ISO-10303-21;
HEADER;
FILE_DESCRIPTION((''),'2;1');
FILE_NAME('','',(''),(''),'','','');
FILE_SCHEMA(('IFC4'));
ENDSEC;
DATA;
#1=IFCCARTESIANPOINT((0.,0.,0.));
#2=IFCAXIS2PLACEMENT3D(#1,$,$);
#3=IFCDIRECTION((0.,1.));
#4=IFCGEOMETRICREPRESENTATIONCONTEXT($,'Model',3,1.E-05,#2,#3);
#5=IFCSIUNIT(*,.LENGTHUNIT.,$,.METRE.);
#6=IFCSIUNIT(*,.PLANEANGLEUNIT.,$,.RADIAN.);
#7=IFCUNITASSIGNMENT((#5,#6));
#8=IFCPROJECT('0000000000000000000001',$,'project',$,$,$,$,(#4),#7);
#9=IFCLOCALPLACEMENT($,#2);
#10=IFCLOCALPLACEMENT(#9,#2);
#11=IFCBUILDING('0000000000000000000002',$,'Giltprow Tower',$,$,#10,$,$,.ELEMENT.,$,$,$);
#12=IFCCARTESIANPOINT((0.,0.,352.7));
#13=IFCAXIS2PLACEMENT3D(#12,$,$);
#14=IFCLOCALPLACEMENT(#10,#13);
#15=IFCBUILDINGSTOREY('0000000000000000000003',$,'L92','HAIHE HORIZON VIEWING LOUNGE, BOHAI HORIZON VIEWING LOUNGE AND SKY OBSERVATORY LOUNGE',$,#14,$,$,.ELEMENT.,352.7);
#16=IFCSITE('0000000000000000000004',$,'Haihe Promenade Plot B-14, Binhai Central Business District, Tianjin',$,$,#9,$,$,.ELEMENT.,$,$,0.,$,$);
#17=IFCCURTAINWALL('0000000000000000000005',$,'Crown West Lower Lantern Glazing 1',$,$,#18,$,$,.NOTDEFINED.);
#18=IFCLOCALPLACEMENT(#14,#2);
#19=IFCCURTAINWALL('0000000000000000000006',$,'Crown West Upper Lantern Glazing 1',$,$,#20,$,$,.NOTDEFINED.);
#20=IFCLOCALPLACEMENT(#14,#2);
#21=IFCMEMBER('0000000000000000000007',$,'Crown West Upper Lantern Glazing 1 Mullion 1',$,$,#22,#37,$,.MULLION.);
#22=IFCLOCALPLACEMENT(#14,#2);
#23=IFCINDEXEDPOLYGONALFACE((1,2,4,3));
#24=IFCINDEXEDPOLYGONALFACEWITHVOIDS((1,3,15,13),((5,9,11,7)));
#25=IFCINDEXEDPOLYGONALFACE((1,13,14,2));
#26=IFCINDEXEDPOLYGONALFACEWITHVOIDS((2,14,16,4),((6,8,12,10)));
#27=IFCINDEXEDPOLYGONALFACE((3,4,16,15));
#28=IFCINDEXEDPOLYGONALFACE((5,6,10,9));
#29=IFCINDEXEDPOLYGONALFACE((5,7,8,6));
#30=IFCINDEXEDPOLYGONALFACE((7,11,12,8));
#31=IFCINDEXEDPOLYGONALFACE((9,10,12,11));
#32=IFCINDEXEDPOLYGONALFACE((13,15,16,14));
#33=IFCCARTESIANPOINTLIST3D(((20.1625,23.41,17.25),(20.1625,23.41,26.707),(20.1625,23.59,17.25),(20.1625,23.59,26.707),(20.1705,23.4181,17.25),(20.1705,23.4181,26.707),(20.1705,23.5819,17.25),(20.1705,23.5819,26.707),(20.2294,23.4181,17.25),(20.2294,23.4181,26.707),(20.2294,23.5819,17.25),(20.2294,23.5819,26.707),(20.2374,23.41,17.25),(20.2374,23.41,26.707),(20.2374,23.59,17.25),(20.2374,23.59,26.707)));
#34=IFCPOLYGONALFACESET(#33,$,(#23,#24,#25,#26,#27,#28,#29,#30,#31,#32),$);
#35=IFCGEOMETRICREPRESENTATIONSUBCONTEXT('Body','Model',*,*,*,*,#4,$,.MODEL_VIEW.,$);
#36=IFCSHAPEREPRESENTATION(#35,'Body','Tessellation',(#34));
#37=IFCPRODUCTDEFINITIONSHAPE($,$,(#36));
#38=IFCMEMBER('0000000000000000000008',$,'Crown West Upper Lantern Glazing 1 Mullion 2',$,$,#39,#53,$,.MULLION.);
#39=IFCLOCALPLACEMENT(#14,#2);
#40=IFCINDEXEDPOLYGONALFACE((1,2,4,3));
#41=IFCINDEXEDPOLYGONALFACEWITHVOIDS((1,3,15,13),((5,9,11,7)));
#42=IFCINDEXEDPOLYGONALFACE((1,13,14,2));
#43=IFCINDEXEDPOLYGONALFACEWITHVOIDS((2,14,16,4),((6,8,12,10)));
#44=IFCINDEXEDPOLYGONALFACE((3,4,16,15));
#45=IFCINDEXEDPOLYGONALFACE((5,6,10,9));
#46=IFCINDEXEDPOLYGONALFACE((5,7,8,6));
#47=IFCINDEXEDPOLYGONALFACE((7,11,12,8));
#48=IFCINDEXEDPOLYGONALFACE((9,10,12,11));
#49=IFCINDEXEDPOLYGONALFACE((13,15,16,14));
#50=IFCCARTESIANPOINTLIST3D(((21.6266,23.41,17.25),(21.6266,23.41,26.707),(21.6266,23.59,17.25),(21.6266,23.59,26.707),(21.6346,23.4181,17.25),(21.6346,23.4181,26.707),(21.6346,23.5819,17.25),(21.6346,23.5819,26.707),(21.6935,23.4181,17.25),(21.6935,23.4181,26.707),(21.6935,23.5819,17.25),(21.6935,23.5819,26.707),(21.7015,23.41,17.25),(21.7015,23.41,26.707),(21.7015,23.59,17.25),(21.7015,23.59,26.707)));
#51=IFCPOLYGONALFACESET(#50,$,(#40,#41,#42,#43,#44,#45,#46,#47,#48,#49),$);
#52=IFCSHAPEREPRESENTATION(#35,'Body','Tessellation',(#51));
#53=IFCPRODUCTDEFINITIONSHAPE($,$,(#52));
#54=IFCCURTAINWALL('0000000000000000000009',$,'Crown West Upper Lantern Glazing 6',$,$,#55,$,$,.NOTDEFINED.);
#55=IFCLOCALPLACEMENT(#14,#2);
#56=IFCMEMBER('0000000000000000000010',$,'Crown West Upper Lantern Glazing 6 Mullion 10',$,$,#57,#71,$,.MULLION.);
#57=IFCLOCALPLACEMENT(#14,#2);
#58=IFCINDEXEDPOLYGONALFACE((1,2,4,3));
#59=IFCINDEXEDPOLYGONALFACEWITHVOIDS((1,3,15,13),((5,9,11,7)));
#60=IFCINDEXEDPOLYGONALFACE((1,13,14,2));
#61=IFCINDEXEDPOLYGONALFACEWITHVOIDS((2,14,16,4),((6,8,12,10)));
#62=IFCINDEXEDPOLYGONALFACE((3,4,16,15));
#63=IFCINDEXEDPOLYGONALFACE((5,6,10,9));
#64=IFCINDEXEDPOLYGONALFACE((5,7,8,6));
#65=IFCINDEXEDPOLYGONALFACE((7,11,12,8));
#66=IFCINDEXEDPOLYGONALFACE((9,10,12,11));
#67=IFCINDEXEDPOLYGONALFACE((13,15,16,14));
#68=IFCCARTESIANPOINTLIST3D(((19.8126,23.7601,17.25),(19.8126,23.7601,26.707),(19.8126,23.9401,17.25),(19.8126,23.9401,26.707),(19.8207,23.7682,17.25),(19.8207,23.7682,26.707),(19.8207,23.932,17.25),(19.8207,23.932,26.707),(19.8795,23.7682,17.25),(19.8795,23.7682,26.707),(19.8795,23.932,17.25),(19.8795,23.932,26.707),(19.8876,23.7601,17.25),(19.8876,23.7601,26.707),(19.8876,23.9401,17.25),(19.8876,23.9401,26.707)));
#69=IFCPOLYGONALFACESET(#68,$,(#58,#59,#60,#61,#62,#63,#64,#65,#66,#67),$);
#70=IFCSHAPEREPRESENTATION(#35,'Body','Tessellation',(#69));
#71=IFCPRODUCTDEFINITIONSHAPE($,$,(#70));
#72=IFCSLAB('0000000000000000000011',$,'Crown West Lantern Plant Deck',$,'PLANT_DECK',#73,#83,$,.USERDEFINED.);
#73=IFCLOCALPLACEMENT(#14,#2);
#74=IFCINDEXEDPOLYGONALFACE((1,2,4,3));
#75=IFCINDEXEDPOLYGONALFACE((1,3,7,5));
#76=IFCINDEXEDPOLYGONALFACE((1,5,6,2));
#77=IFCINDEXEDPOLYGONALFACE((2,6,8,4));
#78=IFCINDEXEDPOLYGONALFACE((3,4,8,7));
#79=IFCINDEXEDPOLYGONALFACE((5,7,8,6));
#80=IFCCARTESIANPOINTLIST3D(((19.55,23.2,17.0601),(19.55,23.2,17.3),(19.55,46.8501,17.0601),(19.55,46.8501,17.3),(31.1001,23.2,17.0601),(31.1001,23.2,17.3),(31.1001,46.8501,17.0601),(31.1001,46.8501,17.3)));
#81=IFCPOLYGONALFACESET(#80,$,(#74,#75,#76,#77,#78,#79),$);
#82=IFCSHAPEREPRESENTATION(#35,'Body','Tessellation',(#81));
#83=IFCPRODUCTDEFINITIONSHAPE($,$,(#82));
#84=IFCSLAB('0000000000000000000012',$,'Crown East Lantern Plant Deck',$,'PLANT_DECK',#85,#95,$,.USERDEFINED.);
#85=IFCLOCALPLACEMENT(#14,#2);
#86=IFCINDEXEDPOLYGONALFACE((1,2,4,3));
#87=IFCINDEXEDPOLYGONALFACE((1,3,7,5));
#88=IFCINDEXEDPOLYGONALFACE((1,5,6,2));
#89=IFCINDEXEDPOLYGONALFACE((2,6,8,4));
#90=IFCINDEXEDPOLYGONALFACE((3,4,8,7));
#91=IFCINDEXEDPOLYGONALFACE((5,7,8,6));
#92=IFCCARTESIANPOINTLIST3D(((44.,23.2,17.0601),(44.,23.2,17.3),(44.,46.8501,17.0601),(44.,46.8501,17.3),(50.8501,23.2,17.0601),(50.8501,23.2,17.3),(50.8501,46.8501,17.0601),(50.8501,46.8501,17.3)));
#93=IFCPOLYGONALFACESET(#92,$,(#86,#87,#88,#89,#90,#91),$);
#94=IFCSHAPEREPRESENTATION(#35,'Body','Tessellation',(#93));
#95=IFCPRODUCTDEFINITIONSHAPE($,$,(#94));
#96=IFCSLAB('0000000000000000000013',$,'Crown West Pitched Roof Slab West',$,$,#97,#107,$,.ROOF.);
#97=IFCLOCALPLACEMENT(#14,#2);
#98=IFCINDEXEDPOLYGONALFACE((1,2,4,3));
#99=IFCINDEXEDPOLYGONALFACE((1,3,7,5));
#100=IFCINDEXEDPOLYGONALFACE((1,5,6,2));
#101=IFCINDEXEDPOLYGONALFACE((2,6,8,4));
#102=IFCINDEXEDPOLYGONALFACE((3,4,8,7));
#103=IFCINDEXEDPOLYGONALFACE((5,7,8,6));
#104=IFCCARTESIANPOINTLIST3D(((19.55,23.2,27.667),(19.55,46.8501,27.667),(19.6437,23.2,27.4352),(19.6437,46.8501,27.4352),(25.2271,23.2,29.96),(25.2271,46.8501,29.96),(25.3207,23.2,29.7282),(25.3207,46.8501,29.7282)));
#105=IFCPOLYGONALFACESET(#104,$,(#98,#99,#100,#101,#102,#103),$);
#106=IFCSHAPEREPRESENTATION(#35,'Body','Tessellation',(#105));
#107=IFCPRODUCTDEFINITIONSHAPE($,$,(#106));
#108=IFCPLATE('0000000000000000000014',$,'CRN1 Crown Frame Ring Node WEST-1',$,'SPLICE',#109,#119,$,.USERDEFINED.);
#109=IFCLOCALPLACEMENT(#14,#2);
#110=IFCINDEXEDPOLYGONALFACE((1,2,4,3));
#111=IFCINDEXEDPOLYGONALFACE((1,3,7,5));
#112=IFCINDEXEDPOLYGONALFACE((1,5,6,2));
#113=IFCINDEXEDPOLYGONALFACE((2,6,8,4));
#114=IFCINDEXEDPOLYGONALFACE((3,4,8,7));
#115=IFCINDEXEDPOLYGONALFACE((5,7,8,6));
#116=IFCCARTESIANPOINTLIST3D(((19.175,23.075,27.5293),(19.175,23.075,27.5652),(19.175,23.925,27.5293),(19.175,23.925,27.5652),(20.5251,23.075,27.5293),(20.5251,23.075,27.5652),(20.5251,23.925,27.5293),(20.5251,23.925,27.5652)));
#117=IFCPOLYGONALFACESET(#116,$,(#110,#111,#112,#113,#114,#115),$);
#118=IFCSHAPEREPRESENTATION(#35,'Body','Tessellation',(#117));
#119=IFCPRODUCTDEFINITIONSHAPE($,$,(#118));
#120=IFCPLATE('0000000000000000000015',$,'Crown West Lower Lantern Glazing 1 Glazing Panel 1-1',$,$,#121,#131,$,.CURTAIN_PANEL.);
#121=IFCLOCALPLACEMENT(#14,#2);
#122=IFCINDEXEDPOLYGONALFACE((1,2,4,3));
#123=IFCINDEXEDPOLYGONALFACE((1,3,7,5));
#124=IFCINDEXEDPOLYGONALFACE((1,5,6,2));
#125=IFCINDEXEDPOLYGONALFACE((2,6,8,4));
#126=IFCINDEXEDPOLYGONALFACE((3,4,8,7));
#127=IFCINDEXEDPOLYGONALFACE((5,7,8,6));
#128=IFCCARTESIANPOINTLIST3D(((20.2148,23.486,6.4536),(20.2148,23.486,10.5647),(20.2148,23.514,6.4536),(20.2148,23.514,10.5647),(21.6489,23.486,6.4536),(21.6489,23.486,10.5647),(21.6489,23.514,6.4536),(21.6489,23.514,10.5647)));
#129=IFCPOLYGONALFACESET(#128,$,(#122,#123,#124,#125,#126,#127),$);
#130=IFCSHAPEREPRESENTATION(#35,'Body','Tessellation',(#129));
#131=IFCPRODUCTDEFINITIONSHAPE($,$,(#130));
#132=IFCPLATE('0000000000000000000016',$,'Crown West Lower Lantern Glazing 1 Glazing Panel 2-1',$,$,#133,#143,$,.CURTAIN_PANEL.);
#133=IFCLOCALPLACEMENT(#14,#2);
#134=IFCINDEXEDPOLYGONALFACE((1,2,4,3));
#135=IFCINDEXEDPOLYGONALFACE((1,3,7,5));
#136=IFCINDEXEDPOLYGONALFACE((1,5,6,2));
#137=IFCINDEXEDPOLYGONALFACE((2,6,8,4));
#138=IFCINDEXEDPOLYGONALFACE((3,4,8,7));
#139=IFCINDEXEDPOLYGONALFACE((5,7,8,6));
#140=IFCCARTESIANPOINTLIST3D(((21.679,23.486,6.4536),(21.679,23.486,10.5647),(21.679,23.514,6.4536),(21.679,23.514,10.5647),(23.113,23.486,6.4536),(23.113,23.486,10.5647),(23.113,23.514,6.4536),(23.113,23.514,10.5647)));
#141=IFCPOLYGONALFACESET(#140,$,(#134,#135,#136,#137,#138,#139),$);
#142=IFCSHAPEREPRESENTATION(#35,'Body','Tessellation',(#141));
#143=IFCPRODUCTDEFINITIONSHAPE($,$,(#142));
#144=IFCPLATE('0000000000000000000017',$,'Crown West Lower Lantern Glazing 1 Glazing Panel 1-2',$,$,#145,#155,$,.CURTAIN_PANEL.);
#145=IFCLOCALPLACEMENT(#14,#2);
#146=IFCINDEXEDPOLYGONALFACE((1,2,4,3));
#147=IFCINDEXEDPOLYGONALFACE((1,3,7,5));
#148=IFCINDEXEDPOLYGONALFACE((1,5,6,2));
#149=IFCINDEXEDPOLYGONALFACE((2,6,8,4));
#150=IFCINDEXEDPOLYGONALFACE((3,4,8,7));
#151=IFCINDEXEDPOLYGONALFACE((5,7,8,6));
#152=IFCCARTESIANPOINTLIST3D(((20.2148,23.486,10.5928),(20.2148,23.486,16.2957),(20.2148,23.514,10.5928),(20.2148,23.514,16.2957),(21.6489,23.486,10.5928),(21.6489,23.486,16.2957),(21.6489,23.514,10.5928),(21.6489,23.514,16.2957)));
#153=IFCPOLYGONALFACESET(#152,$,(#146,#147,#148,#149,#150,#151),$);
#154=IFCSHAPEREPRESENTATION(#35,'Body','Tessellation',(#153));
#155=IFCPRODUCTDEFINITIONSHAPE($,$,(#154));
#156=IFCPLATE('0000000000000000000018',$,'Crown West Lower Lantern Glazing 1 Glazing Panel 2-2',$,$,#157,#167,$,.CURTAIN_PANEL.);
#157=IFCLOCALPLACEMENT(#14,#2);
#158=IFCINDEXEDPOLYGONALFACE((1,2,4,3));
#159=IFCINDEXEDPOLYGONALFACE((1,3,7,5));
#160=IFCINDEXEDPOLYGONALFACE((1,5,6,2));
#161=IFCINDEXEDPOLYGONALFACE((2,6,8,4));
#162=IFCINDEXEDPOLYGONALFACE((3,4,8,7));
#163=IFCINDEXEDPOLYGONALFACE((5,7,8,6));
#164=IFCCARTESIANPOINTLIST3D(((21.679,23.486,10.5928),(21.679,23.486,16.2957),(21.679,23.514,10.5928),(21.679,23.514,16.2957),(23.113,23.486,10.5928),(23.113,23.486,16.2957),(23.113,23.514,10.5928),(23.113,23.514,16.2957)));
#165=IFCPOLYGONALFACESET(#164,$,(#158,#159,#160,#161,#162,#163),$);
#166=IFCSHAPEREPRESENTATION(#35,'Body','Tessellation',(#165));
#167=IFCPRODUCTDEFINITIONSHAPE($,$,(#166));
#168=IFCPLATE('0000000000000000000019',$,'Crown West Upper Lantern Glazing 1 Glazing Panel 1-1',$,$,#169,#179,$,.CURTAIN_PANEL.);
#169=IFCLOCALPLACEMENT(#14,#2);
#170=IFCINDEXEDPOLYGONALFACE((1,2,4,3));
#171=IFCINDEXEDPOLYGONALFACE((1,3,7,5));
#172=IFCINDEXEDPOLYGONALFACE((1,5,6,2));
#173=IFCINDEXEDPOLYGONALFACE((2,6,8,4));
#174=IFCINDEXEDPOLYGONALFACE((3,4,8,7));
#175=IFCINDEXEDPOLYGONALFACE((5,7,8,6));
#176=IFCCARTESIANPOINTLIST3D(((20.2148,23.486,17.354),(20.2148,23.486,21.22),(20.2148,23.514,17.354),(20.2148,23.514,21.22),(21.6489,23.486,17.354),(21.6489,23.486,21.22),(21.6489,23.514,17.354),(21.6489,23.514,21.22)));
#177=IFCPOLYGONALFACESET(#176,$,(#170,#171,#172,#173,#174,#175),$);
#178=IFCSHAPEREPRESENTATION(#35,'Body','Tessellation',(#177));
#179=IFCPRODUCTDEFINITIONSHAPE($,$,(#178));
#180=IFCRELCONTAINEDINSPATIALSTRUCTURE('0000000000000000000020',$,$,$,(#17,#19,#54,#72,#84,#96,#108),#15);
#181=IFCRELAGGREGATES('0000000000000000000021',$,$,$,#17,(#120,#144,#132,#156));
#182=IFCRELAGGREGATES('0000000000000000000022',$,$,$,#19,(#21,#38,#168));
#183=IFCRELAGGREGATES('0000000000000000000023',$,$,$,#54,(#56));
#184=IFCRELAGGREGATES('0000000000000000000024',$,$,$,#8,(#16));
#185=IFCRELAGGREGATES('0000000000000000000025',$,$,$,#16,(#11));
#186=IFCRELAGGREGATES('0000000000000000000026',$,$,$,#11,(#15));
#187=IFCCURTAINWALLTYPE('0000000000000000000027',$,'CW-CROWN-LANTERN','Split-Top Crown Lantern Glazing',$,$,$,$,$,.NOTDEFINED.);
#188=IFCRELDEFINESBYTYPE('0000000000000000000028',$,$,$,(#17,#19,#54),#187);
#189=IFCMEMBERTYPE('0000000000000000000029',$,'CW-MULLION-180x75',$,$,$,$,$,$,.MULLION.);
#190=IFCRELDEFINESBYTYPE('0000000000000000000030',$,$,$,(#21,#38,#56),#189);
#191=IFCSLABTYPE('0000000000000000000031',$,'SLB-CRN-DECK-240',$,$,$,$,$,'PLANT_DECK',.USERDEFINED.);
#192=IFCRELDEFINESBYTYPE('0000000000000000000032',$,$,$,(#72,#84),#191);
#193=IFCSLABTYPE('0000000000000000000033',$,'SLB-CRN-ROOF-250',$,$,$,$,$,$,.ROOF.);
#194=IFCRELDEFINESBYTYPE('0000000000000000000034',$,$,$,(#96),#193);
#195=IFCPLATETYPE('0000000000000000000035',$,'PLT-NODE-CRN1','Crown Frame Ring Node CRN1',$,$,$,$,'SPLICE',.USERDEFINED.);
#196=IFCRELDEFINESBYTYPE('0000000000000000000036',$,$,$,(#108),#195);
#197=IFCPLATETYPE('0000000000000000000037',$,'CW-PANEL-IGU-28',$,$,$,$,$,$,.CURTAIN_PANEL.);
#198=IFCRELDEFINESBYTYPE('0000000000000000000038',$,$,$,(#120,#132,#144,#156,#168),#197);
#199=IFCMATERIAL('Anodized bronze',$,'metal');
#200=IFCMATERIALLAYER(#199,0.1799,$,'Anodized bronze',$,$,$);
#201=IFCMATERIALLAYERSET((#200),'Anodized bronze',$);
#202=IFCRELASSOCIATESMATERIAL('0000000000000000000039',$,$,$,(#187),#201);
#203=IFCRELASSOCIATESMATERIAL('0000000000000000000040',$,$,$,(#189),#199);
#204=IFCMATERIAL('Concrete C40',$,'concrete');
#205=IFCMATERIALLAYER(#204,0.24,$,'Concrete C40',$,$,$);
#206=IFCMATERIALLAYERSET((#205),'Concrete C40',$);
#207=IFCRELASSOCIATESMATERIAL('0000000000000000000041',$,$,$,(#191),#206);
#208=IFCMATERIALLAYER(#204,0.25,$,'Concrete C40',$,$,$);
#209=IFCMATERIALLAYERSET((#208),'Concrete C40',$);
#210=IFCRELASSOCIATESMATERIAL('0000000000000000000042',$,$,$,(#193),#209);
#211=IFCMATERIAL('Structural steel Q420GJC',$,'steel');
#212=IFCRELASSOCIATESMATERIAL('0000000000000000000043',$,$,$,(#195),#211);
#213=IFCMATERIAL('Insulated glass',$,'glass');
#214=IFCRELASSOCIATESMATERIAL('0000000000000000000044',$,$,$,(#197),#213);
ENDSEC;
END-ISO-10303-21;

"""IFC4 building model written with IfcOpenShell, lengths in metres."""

from ifc_helpers import new_model, si_unit, direction, frame, origin, origin_2d, place, context, subcontext, project, spatial, polyline, rectangle, hollow_rectangle, outline, extrude, source, transform, mapped, material, layer, layer_set, material_profile, profile_set, type_object, element, aggregate, save


model = new_model("IFC4")

# Units and contexts
model_context = context("Model", 3, precision=1e-05, world=origin(), true_north=direction((0.0, 1.0)))
body_context = subcontext(model_context, "Body", "Model", "MODEL_VIEW")
ifc_project = project(units=[si_unit("LENGTHUNIT", "METRE"), si_unit("PLANEANGLEUNIT", "RADIAN")], contexts=[model_context])

# Site, building, storey
site_placement = place(None, origin())
site = spatial("IfcSite", under=ifc_project, at=site_placement, Name="Haihe Promenade Plot B-14, Binhai Central Business District, Tianjin", CompositionType="ELEMENT", RefElevation=0.0)
building_placement = place(site_placement, origin())
building = spatial("IfcBuilding", under=site, at=building_placement, Name="Giltprow Tower", CompositionType="ELEMENT")
storey_placement = place(building_placement, frame((0.0, 0.0, 352.7)))
storey = spatial("IfcBuildingStorey", under=building, at=storey_placement, Name="L92", Description="HAIHE HORIZON VIEWING LOUNGE, BOHAI HORIZON VIEWING LOUNGE AND SKY OBSERVATORY LOUNGE", CompositionType="ELEMENT", Elevation=352.7)

# Curtain walls, members
ifc_material_1 = material(Name="Anodized bronze", Category="metal")
ifc_layer_1 = layer(ifc_material_1, 0.1799, Name="Anodized bronze")
ifc_layer_set_1 = layer_set([ifc_layer_1], Name="Anodized bronze")
curtain_wall_type = type_object("IfcCurtainWallType", Name="CW-CROWN-LANTERN", Description="Split-Top Crown Lantern Glazing", PredefinedType="NOTDEFINED", material=ifc_layer_set_1)
curtain_wall_1_placement = place(storey_placement, origin())
curtain_wall_1 = element("IfcCurtainWall", 1, at=curtain_wall_1_placement, inside=storey, type_object=curtain_wall_type, Name="Crown West Lower Lantern Glazing 1", PredefinedType="NOTDEFINED")
curtain_wall_2_placement = place(storey_placement, origin())
curtain_wall_2 = element("IfcCurtainWall", 2, at=curtain_wall_2_placement, inside=storey, type_object=curtain_wall_type, Name="Crown West Upper Lantern Glazing 1", PredefinedType="NOTDEFINED")
ifc_material_profile_1 = material_profile(ifc_material_1, hollow_rectangle(XDim=0.075, YDim=0.1799, WallThickness=0.0081, at=origin_2d()), Name="RHS 180x75x8")
ifc_profile_set_1 = profile_set([ifc_material_profile_1], Name="Anodized bronze")
member_type_1 = type_object("IfcMemberType", Name="CW-MULLION-180x75", PredefinedType="MULLION", material=ifc_profile_set_1)
shared_shape_1 = source(origin(), body_context, "Body", "SweptSolid", [
    extrude(hollow_rectangle(XDim=0.075, YDim=0.1799, WallThickness=0.0081, at=origin_2d()), origin(), (0.0, 0.0, 1.0), 9.457),
])
member_1_placement = place(storey_placement, frame((20.2, 23.5, 17.25), z_axis=(0.0, 0.0, 1.0), x_axis=(1.0, 0.0, 0.0)))
member_1 = element("IfcMember", 3, at=member_1_placement, type_object=member_type_1, Name="Crown West Upper Lantern Glazing 1 Mullion 1", PredefinedType="MULLION", context=body_context, shape_type="MappedRepresentation", body=[
    mapped(shared_shape_1, transform((0.0, 0.0, 0.0), x_axis=(1.0, 0.0, 0.0), y_axis=(0.0, 1.0, 0.0), z_axis=(0.0, 0.0, 1.0), scale=1.0)),
])
member_2_placement = place(storey_placement, frame((21.6641, 23.5, 17.25), z_axis=(0.0, 0.0, 1.0), x_axis=(1.0, 0.0, 0.0)))
member_2 = element("IfcMember", 4, at=member_2_placement, type_object=member_type_1, Name="Crown West Upper Lantern Glazing 1 Mullion 2", PredefinedType="MULLION", context=body_context, shape_type="MappedRepresentation", body=[
    mapped(shared_shape_1, transform((0.0, 0.0, 0.0), x_axis=(1.0, 0.0, 0.0), y_axis=(0.0, 1.0, 0.0), z_axis=(0.0, 0.0, 1.0), scale=1.0)),
])

# Curtain wall, member
curtain_wall_3_placement = place(storey_placement, origin())
curtain_wall_3 = element("IfcCurtainWall", 5, at=curtain_wall_3_placement, inside=storey, type_object=curtain_wall_type, Name="Crown West Upper Lantern Glazing 6", PredefinedType="NOTDEFINED")
member_3_placement = place(storey_placement, frame((19.8501, 23.8501, 17.25), z_axis=(0.0, 0.0, 1.0), x_axis=(1.0, 0.0, 0.0)))
member_3 = element("IfcMember", 6, at=member_3_placement, type_object=member_type_1, Name="Crown West Upper Lantern Glazing 6 Mullion 10", PredefinedType="MULLION", context=body_context, shape_type="MappedRepresentation", body=[
    mapped(shared_shape_1, transform((0.0, 0.0, 0.0), x_axis=(1.0, 0.0, 0.0), y_axis=(0.0, 1.0, 0.0), z_axis=(0.0, 0.0, 1.0), scale=1.0)),
])

# Slabs
ifc_material_2 = material(Name="Concrete C40", Category="concrete")
ifc_layer_2 = layer(ifc_material_2, 0.24, Name="Concrete C40")
ifc_layer_set_2 = layer_set([ifc_layer_2], Name="Concrete C40")
slab_type_1 = type_object("IfcSlabType", Name="SLB-CRN-DECK-240", ElementType="PLANT_DECK", PredefinedType="USERDEFINED", material=ifc_layer_set_2)
slab_1_placement = place(storey_placement, frame((0.0, 0.0, 17.0601)))
element("IfcSlab", 7, at=slab_1_placement, inside=storey, type_object=slab_type_1, Name="Crown West Lantern Plant Deck", ObjectType="PLANT_DECK", PredefinedType="USERDEFINED", context=body_context, shape_type="SweptSolid", body=[
    extrude(outline(polyline([(19.55, 23.2), (31.1001, 23.2), (31.1001, 46.8501), (19.55, 46.8501), (19.55, 23.2)])), origin(), (0.0, 0.0, 1.0), 0.24),
])
slab_2_placement = place(storey_placement, frame((0.0, 0.0, 17.0601)))
element("IfcSlab", 8, at=slab_2_placement, inside=storey, type_object=slab_type_1, Name="Crown East Lantern Plant Deck", ObjectType="PLANT_DECK", PredefinedType="USERDEFINED", context=body_context, shape_type="SweptSolid", body=[
    extrude(outline(polyline([(44.0, 23.2), (50.8501, 23.2), (50.8501, 46.8501), (44.0, 46.8501), (44.0, 23.2)])), origin(), (0.0, 0.0, 1.0), 0.24),
])
ifc_layer_3 = layer(ifc_material_2, 0.25, Name="Concrete C40")
ifc_layer_set_3 = layer_set([ifc_layer_3], Name="Concrete C40")
slab_type_2 = type_object("IfcSlabType", Name="SLB-CRN-ROOF-250", PredefinedType="ROOF", material=ifc_layer_set_3)
slab_3_placement = place(storey_placement, frame((19.55, 23.2, 27.667), z_axis=(-0.37451, 0.0, 0.927223), x_axis=(0.927223, 0.0, 0.37451)))
element("IfcSlab", 9, at=slab_3_placement, inside=storey, type_object=slab_type_2, Name="Crown West Pitched Roof Slab West", PredefinedType="ROOF", context=body_context, shape_type="SweptSolid", body=[
    extrude(outline(polyline([(0.0, 0.0), (6.1226, 0.0), (6.1226, 23.6501), (0.0, 23.6501), (0.0, 0.0)])), origin(), (0.0, 0.0, -1.0), 0.25),
])

# Plates
ifc_material_3 = material(Name="Structural steel Q420GJC", Category="steel")
plate_type_1 = type_object("IfcPlateType", Name="PLT-NODE-CRN1", Description="Crown Frame Ring Node CRN1", ElementType="SPLICE", PredefinedType="USERDEFINED", material=ifc_material_3)
shared_shape_2 = source(origin(), body_context, "Body", "SweptSolid", [
    extrude(rectangle(XDim=1.3501, YDim=0.8501, at=origin_2d()), origin(), (0.0, 0.0, 1.0), 0.0359),
])
plate_1_placement = place(storey_placement, frame((19.8501, 23.5, 27.5293), z_axis=(0.0, 0.0, 1.0), x_axis=(1.0, 0.0, 0.0)))
element("IfcPlate", 10, at=plate_1_placement, inside=storey, type_object=plate_type_1, Name="CRN1 Crown Frame Ring Node WEST-1", ObjectType="SPLICE", PredefinedType="USERDEFINED", context=body_context, shape_type="MappedRepresentation", body=[
    mapped(shared_shape_2, transform((0.0, 0.0, 0.0), x_axis=(1.0, 0.0, 0.0), y_axis=(0.0, 1.0, 0.0), z_axis=(0.0, 0.0, 1.0), scale=1.0)),
])
ifc_material_4 = material(Name="Insulated glass", Category="glass")
plate_type_2 = type_object("IfcPlateType", Name="CW-PANEL-IGU-28", PredefinedType="CURTAIN_PANEL", material=ifc_material_4)
shared_shape_3 = source(origin(), body_context, "Body", "SweptSolid", [
    extrude(rectangle(XDim=1.4341, YDim=0.0281, at=origin_2d()), origin(), (0.0, 0.0, 1.0), 4.1111),
])
plate_2_placement = place(storey_placement, frame((20.9319, 23.5, 6.4536), z_axis=(0.0, 0.0, 1.0), x_axis=(1.0, 0.0, 0.0)))
plate_2 = element("IfcPlate", 11, at=plate_2_placement, type_object=plate_type_2, Name="Crown West Lower Lantern Glazing 1 Glazing Panel 1-1", PredefinedType="CURTAIN_PANEL", context=body_context, shape_type="MappedRepresentation", body=[
    mapped(shared_shape_3, transform((0.0, 0.0, 0.0), x_axis=(1.0, 0.0, 0.0), y_axis=(0.0, 1.0, 0.0), z_axis=(0.0, 0.0, 1.0), scale=1.0)),
])
plate_3_placement = place(storey_placement, frame((22.396, 23.5, 6.4536), z_axis=(0.0, 0.0, 1.0), x_axis=(1.0, 0.0, 0.0)))
plate_3 = element("IfcPlate", 12, at=plate_3_placement, type_object=plate_type_2, Name="Crown West Lower Lantern Glazing 1 Glazing Panel 2-1", PredefinedType="CURTAIN_PANEL", context=body_context, shape_type="MappedRepresentation", body=[
    mapped(shared_shape_3, transform((0.0, 0.0, 0.0), x_axis=(1.0, 0.0, 0.0), y_axis=(0.0, 1.0, 0.0), z_axis=(0.0, 0.0, 1.0), scale=1.0)),
])
shared_shape_4 = source(origin(), body_context, "Body", "SweptSolid", [
    extrude(rectangle(XDim=1.4341, YDim=0.0281, at=origin_2d()), origin(), (0.0, 0.0, 1.0), 5.7029),
])
plate_4_placement = place(storey_placement, frame((20.9319, 23.5, 10.5928), z_axis=(0.0, 0.0, 1.0), x_axis=(1.0, 0.0, 0.0)))
plate_4 = element("IfcPlate", 13, at=plate_4_placement, type_object=plate_type_2, Name="Crown West Lower Lantern Glazing 1 Glazing Panel 1-2", PredefinedType="CURTAIN_PANEL", context=body_context, shape_type="MappedRepresentation", body=[
    mapped(shared_shape_4, transform((0.0, 0.0, 0.0), x_axis=(1.0, 0.0, 0.0), y_axis=(0.0, 1.0, 0.0), z_axis=(0.0, 0.0, 1.0), scale=1.0)),
])
plate_5_placement = place(storey_placement, frame((22.396, 23.5, 10.5928), z_axis=(0.0, 0.0, 1.0), x_axis=(1.0, 0.0, 0.0)))
plate_5 = element("IfcPlate", 14, at=plate_5_placement, type_object=plate_type_2, Name="Crown West Lower Lantern Glazing 1 Glazing Panel 2-2", PredefinedType="CURTAIN_PANEL", context=body_context, shape_type="MappedRepresentation", body=[
    mapped(shared_shape_4, transform((0.0, 0.0, 0.0), x_axis=(1.0, 0.0, 0.0), y_axis=(0.0, 1.0, 0.0), z_axis=(0.0, 0.0, 1.0), scale=1.0)),
])
aggregate(curtain_wall_1, [plate_2, plate_4, plate_3, plate_5])
shared_shape_5 = source(origin(), body_context, "Body", "SweptSolid", [
    extrude(rectangle(XDim=1.4341, YDim=0.0281, at=origin_2d()), origin(), (0.0, 0.0, 1.0), 3.866),
])
plate_6_placement = place(storey_placement, frame((20.9319, 23.5, 17.354), z_axis=(0.0, 0.0, 1.0), x_axis=(1.0, 0.0, 0.0)))
plate_6 = element("IfcPlate", 15, at=plate_6_placement, type_object=plate_type_2, Name="Crown West Upper Lantern Glazing 1 Glazing Panel 1-1", PredefinedType="CURTAIN_PANEL", context=body_context, shape_type="MappedRepresentation", body=[
    mapped(shared_shape_5, transform((0.0, 0.0, 0.0), x_axis=(1.0, 0.0, 0.0), y_axis=(0.0, 1.0, 0.0), z_axis=(0.0, 0.0, 1.0), scale=1.0)),
])
aggregate(curtain_wall_2, [member_1, member_2, plate_6])

aggregate(curtain_wall_3, [member_3])

save(model, "model.ifc")
